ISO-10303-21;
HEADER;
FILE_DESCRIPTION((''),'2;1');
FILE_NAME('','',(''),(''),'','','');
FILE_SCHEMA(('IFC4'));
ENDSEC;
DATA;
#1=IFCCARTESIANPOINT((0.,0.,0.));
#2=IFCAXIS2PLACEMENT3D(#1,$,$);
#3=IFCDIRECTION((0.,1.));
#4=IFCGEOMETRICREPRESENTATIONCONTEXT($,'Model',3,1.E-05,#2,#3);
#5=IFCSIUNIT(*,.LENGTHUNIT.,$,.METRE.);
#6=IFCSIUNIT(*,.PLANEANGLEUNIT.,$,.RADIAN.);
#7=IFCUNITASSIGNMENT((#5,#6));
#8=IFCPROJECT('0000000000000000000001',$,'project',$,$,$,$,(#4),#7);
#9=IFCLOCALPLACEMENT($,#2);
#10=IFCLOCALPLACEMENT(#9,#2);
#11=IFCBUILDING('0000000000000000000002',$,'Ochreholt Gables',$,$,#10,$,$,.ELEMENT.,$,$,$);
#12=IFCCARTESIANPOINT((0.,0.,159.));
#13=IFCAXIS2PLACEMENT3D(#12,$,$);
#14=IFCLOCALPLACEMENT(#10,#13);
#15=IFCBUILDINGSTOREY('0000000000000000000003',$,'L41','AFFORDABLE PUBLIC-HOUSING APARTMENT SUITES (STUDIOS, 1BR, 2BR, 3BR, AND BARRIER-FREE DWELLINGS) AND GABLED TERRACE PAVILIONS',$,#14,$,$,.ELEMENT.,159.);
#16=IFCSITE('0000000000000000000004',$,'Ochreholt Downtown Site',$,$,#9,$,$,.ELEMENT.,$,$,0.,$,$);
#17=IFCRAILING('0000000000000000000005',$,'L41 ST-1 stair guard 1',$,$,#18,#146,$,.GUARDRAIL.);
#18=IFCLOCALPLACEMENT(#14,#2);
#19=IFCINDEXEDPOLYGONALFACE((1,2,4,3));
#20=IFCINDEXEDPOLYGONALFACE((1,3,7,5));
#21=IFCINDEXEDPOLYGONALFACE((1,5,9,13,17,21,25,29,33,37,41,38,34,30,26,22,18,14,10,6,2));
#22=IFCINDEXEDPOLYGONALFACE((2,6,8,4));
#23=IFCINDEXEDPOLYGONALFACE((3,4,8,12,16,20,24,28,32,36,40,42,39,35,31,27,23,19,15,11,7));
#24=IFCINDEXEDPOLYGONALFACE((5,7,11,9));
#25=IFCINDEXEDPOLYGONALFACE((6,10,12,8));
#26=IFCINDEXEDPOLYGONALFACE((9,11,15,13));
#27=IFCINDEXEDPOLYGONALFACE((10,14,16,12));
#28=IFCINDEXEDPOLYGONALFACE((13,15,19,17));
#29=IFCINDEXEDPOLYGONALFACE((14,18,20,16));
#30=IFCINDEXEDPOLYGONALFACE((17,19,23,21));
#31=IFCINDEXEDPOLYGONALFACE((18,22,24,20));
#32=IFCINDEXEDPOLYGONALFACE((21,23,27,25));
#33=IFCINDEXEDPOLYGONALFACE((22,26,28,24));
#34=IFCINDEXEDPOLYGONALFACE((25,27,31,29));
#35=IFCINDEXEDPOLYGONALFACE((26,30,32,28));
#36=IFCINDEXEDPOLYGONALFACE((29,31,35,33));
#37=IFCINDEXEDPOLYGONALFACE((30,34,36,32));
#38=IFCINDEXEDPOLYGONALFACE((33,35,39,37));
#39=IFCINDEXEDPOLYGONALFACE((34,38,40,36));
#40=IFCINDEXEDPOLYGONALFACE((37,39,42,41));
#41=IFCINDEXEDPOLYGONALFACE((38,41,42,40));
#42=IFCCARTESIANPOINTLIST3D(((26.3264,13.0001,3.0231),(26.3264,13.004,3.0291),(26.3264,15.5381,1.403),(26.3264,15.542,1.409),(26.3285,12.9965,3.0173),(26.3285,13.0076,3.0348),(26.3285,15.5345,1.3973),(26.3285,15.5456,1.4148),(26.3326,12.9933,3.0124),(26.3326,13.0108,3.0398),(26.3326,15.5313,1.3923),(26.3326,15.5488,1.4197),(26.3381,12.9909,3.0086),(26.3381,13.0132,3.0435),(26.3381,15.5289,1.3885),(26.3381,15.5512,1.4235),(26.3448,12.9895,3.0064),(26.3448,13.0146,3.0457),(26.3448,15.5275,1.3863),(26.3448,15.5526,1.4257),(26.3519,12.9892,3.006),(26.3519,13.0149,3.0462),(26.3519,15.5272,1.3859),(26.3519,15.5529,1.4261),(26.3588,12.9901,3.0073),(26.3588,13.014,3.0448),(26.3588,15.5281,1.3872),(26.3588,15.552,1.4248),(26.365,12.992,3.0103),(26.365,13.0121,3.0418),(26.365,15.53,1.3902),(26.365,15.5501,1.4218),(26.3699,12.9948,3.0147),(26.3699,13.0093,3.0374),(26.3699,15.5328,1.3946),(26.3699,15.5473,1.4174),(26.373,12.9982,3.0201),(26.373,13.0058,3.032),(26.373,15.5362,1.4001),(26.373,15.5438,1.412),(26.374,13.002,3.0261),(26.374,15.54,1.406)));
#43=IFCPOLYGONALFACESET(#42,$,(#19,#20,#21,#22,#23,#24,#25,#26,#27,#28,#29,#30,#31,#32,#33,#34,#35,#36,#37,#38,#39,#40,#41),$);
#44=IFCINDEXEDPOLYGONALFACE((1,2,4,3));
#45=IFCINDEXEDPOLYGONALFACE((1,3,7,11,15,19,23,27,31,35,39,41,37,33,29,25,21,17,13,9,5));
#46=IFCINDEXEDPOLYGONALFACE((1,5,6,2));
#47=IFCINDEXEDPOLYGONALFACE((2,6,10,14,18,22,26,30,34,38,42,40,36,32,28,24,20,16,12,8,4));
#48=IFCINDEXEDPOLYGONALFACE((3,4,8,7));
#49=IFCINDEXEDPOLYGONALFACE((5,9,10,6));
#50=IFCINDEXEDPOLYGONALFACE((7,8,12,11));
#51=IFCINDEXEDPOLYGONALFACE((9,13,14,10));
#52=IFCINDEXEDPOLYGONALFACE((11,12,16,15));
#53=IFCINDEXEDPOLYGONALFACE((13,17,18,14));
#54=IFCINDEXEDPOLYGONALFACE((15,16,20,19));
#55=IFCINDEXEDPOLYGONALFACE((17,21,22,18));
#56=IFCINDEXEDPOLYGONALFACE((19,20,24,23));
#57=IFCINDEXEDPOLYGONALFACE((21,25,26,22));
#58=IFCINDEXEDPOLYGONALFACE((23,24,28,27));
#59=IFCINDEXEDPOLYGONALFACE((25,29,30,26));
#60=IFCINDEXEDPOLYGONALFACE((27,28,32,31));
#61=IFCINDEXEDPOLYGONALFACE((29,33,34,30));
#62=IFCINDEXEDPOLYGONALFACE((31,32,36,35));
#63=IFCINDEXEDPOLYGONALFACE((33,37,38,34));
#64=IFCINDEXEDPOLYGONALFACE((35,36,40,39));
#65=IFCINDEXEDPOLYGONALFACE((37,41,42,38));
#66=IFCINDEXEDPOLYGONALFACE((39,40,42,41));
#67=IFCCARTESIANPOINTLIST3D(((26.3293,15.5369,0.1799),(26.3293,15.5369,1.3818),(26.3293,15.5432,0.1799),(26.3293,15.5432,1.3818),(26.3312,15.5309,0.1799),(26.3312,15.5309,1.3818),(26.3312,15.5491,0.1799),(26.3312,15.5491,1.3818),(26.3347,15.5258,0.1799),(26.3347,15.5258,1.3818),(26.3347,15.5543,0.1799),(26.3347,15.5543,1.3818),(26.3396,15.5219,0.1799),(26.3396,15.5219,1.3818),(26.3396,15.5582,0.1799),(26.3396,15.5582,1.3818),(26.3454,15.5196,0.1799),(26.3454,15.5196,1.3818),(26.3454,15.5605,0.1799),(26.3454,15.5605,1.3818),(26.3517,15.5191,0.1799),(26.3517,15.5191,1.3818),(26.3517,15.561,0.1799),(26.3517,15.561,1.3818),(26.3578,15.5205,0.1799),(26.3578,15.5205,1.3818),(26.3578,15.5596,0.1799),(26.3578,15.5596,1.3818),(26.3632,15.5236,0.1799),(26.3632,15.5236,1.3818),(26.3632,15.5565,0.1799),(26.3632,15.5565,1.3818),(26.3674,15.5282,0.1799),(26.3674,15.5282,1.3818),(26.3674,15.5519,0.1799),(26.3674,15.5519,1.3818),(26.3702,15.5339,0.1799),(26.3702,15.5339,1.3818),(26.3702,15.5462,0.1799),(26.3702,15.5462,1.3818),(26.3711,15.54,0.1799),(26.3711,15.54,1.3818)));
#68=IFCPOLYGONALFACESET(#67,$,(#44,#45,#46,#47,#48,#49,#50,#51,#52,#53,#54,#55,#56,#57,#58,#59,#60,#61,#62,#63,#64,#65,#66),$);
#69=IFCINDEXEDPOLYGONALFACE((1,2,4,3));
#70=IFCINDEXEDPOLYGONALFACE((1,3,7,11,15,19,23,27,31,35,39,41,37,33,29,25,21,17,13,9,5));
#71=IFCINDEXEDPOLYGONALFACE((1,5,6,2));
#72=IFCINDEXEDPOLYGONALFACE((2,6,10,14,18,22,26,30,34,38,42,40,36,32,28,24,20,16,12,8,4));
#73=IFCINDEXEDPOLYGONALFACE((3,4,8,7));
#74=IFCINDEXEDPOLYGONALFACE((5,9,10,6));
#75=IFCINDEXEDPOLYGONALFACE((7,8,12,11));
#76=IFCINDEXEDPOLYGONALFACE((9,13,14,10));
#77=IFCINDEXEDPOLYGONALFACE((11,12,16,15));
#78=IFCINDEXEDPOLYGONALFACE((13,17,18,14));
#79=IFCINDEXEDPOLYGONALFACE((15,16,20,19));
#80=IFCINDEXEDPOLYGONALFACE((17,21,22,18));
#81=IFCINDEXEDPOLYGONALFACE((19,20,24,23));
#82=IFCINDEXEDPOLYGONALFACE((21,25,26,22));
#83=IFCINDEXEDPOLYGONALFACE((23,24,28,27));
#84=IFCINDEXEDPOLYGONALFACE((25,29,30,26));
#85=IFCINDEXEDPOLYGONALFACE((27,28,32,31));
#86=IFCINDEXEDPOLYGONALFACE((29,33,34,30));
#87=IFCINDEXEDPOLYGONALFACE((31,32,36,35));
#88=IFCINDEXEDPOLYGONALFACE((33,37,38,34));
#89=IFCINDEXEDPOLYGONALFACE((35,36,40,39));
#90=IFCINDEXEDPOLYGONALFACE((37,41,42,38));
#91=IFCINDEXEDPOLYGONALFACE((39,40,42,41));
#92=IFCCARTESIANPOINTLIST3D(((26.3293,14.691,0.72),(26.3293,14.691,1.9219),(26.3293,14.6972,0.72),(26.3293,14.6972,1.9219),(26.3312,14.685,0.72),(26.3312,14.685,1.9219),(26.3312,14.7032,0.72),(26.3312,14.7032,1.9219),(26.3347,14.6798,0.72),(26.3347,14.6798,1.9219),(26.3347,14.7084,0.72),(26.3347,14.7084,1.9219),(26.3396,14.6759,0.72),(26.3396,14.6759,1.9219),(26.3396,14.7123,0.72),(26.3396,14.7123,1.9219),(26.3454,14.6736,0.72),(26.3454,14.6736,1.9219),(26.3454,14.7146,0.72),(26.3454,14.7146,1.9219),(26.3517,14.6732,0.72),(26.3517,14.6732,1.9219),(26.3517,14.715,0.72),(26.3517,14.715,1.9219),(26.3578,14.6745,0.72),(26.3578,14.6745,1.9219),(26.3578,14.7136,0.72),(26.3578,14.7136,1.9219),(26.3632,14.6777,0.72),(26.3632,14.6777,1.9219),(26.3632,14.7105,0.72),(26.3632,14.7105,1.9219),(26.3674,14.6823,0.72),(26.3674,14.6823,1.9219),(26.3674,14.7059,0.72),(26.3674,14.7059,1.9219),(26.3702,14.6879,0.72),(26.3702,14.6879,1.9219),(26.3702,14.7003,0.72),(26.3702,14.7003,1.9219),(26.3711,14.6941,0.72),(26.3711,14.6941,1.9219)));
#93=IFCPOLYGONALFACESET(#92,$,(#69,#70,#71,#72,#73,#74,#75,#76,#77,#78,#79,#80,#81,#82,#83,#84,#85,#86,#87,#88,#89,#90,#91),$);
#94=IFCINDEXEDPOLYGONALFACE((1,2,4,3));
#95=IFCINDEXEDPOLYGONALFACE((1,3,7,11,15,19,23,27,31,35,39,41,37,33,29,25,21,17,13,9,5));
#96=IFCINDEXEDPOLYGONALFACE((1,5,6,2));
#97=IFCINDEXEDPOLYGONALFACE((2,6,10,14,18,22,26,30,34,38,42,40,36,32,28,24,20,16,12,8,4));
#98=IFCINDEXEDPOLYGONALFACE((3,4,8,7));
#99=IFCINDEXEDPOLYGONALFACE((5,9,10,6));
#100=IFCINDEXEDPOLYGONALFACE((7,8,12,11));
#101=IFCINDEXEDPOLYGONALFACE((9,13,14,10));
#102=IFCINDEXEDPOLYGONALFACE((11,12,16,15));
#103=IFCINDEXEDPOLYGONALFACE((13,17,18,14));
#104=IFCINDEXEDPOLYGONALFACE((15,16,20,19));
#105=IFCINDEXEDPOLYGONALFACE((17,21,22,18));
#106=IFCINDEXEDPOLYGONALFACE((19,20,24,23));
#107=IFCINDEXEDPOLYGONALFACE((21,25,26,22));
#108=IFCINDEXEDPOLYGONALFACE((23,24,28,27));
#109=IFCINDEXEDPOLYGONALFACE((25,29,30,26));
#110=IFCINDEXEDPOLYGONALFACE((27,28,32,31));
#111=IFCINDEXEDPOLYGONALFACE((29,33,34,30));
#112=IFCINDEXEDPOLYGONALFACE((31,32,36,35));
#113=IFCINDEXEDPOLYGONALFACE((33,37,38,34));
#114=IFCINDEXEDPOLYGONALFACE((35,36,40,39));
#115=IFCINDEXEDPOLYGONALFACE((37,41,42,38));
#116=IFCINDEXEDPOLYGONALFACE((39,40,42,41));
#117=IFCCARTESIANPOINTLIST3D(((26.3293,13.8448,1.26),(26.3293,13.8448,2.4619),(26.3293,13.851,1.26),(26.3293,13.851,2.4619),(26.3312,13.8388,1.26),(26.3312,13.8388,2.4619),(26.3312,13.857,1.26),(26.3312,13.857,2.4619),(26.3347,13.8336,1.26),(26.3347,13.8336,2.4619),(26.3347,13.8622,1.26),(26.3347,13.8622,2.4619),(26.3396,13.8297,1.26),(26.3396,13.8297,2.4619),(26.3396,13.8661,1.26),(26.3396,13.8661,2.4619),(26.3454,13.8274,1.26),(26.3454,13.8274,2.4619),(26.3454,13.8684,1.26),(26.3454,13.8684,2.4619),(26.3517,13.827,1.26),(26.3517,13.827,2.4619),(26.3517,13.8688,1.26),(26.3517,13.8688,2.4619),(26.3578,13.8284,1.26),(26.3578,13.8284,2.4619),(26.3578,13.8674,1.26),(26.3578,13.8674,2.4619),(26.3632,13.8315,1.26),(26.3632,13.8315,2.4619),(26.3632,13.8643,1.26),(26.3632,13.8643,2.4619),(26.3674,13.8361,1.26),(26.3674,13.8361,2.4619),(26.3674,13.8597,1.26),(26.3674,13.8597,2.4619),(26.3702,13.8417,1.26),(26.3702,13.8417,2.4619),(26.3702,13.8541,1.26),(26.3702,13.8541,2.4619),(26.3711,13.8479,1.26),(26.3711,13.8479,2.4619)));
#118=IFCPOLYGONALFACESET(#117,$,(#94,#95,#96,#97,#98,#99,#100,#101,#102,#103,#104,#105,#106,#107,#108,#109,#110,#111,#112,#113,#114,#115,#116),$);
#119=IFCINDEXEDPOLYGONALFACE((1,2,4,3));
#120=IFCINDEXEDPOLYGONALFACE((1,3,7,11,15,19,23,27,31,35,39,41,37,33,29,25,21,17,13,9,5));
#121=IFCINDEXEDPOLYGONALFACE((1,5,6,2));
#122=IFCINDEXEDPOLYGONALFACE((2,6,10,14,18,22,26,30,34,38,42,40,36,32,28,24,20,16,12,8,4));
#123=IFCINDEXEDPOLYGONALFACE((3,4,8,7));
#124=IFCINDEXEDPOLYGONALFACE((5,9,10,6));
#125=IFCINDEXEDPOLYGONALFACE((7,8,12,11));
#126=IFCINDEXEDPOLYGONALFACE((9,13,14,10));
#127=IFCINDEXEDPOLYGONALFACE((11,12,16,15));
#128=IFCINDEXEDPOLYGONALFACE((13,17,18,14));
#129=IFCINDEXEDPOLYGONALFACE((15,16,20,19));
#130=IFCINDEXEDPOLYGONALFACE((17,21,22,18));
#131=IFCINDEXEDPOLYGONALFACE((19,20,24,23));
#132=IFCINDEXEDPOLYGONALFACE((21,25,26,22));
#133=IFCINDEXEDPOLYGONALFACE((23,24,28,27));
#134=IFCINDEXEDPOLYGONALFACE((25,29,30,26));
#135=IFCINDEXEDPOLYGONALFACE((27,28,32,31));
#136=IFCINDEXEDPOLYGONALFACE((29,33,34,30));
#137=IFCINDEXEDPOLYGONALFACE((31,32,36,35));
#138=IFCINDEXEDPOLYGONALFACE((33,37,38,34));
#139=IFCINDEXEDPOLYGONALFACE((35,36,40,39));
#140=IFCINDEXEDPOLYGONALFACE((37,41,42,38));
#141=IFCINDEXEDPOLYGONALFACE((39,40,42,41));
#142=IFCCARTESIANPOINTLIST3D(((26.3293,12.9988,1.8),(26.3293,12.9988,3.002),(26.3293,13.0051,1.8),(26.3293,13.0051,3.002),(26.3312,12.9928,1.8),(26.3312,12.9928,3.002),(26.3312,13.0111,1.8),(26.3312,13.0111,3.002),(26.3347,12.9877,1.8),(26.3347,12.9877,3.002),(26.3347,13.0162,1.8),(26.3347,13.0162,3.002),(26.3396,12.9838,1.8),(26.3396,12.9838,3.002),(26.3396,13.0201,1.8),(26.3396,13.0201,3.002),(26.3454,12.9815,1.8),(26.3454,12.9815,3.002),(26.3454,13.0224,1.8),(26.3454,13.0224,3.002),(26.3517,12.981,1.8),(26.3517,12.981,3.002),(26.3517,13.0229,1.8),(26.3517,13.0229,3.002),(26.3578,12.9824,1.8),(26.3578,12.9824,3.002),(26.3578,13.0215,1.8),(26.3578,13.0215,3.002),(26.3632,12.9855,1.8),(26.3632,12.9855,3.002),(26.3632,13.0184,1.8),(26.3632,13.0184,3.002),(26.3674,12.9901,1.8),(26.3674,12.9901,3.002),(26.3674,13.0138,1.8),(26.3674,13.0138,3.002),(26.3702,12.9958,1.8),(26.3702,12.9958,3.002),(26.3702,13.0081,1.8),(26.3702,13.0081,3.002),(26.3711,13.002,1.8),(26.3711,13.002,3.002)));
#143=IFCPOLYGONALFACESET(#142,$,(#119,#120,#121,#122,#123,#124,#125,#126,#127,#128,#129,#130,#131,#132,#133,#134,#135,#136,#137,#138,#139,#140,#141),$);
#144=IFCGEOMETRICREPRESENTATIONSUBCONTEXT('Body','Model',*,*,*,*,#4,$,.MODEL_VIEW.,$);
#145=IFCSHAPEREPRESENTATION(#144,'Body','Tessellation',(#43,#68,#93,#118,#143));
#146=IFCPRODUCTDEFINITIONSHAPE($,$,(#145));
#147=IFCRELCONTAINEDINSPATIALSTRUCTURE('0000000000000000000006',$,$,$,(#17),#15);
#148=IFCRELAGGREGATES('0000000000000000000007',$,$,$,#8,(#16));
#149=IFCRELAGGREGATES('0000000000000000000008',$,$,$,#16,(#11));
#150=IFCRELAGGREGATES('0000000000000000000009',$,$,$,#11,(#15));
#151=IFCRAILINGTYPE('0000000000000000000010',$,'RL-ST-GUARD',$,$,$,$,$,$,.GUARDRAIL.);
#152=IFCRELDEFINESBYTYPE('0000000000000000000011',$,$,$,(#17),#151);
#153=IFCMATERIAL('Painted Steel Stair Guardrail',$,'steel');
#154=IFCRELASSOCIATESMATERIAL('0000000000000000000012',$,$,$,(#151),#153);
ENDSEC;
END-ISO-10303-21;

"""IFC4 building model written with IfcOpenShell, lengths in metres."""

from ifc_helpers import new_model, si_unit, direction, frame, origin, origin_2d, place, context, subcontext, project, spatial, circle, extrude, material, type_object, element, save


model = new_model("IFC4")

# Units and contexts
model_context = context("Model", 3, precision=1e-05, world=origin(), true_north=direction((0.0, 1.0)))
body_context = subcontext(model_context, "Body", "Model", "MODEL_VIEW")
ifc_project = project(units=[si_unit("LENGTHUNIT", "METRE"), si_unit("PLANEANGLEUNIT", "RADIAN")], contexts=[model_context])

# Site, building, storey
site_placement = place(None, origin())
site = spatial("IfcSite", under=ifc_project, at=site_placement, Name="Ochreholt Downtown Site", CompositionType="ELEMENT", RefElevation=0.0)
building_placement = place(site_placement, origin())
building = spatial("IfcBuilding", under=site, at=building_placement, Name="Ochreholt Gables", CompositionType="ELEMENT")
storey_placement = place(building_placement, frame((0.0, 0.0, 159.0)))
storey = spatial("IfcBuildingStorey", under=building, at=storey_placement, Name="L41", Description="AFFORDABLE PUBLIC-HOUSING APARTMENT SUITES (STUDIOS, 1BR, 2BR, 3BR, AND BARRIER-FREE DWELLINGS) AND GABLED TERRACE PAVILIONS", CompositionType="ELEMENT", Elevation=159.0)

# Railing
ifc_material_1 = material(Name="Painted Steel Stair Guardrail", Category="steel")
railing_type_1 = type_object("IfcRailingType", Name="RL-ST-GUARD", PredefinedType="GUARDRAIL", material=ifc_material_1)
railing_1_placement = place(storey_placement, frame((26.3501, 15.54, 0.1799)))
element("IfcRailing", 1, at=railing_1_placement, inside=storey, type_object=railing_type_1, Name="L41 ST-1 stair guard 1", PredefinedType="GUARDRAIL", context=body_context, shape_type="SweptSolid", body=[
    extrude(circle(Radius=0.0239, at=origin_2d()), frame((0.0, 0.0, 1.2261), z_axis=(0.0, -0.842913, 0.53805), x_axis=(1.0, 0.0, 0.0)), (0.0, 0.0, 1.0), 3.011),
    extrude(circle(Radius=0.021, at=origin_2d()), origin(), (0.0, 0.0, 1.0), 1.2019),
    extrude(circle(Radius=0.021, at=origin_2d()), frame((0.0, -0.8459, 0.54)), (0.0, 0.0, 1.0), 1.2019),
    extrude(circle(Radius=0.021, at=origin_2d()), frame((0.0, -1.6921, 1.0801)), (0.0, 0.0, 1.0), 1.2019),
    extrude(circle(Radius=0.021, at=origin_2d()), frame((0.0, -2.5381, 1.6201)), (0.0, 0.0, 1.0), 1.2019),
])

save(model, "model.ifc")
